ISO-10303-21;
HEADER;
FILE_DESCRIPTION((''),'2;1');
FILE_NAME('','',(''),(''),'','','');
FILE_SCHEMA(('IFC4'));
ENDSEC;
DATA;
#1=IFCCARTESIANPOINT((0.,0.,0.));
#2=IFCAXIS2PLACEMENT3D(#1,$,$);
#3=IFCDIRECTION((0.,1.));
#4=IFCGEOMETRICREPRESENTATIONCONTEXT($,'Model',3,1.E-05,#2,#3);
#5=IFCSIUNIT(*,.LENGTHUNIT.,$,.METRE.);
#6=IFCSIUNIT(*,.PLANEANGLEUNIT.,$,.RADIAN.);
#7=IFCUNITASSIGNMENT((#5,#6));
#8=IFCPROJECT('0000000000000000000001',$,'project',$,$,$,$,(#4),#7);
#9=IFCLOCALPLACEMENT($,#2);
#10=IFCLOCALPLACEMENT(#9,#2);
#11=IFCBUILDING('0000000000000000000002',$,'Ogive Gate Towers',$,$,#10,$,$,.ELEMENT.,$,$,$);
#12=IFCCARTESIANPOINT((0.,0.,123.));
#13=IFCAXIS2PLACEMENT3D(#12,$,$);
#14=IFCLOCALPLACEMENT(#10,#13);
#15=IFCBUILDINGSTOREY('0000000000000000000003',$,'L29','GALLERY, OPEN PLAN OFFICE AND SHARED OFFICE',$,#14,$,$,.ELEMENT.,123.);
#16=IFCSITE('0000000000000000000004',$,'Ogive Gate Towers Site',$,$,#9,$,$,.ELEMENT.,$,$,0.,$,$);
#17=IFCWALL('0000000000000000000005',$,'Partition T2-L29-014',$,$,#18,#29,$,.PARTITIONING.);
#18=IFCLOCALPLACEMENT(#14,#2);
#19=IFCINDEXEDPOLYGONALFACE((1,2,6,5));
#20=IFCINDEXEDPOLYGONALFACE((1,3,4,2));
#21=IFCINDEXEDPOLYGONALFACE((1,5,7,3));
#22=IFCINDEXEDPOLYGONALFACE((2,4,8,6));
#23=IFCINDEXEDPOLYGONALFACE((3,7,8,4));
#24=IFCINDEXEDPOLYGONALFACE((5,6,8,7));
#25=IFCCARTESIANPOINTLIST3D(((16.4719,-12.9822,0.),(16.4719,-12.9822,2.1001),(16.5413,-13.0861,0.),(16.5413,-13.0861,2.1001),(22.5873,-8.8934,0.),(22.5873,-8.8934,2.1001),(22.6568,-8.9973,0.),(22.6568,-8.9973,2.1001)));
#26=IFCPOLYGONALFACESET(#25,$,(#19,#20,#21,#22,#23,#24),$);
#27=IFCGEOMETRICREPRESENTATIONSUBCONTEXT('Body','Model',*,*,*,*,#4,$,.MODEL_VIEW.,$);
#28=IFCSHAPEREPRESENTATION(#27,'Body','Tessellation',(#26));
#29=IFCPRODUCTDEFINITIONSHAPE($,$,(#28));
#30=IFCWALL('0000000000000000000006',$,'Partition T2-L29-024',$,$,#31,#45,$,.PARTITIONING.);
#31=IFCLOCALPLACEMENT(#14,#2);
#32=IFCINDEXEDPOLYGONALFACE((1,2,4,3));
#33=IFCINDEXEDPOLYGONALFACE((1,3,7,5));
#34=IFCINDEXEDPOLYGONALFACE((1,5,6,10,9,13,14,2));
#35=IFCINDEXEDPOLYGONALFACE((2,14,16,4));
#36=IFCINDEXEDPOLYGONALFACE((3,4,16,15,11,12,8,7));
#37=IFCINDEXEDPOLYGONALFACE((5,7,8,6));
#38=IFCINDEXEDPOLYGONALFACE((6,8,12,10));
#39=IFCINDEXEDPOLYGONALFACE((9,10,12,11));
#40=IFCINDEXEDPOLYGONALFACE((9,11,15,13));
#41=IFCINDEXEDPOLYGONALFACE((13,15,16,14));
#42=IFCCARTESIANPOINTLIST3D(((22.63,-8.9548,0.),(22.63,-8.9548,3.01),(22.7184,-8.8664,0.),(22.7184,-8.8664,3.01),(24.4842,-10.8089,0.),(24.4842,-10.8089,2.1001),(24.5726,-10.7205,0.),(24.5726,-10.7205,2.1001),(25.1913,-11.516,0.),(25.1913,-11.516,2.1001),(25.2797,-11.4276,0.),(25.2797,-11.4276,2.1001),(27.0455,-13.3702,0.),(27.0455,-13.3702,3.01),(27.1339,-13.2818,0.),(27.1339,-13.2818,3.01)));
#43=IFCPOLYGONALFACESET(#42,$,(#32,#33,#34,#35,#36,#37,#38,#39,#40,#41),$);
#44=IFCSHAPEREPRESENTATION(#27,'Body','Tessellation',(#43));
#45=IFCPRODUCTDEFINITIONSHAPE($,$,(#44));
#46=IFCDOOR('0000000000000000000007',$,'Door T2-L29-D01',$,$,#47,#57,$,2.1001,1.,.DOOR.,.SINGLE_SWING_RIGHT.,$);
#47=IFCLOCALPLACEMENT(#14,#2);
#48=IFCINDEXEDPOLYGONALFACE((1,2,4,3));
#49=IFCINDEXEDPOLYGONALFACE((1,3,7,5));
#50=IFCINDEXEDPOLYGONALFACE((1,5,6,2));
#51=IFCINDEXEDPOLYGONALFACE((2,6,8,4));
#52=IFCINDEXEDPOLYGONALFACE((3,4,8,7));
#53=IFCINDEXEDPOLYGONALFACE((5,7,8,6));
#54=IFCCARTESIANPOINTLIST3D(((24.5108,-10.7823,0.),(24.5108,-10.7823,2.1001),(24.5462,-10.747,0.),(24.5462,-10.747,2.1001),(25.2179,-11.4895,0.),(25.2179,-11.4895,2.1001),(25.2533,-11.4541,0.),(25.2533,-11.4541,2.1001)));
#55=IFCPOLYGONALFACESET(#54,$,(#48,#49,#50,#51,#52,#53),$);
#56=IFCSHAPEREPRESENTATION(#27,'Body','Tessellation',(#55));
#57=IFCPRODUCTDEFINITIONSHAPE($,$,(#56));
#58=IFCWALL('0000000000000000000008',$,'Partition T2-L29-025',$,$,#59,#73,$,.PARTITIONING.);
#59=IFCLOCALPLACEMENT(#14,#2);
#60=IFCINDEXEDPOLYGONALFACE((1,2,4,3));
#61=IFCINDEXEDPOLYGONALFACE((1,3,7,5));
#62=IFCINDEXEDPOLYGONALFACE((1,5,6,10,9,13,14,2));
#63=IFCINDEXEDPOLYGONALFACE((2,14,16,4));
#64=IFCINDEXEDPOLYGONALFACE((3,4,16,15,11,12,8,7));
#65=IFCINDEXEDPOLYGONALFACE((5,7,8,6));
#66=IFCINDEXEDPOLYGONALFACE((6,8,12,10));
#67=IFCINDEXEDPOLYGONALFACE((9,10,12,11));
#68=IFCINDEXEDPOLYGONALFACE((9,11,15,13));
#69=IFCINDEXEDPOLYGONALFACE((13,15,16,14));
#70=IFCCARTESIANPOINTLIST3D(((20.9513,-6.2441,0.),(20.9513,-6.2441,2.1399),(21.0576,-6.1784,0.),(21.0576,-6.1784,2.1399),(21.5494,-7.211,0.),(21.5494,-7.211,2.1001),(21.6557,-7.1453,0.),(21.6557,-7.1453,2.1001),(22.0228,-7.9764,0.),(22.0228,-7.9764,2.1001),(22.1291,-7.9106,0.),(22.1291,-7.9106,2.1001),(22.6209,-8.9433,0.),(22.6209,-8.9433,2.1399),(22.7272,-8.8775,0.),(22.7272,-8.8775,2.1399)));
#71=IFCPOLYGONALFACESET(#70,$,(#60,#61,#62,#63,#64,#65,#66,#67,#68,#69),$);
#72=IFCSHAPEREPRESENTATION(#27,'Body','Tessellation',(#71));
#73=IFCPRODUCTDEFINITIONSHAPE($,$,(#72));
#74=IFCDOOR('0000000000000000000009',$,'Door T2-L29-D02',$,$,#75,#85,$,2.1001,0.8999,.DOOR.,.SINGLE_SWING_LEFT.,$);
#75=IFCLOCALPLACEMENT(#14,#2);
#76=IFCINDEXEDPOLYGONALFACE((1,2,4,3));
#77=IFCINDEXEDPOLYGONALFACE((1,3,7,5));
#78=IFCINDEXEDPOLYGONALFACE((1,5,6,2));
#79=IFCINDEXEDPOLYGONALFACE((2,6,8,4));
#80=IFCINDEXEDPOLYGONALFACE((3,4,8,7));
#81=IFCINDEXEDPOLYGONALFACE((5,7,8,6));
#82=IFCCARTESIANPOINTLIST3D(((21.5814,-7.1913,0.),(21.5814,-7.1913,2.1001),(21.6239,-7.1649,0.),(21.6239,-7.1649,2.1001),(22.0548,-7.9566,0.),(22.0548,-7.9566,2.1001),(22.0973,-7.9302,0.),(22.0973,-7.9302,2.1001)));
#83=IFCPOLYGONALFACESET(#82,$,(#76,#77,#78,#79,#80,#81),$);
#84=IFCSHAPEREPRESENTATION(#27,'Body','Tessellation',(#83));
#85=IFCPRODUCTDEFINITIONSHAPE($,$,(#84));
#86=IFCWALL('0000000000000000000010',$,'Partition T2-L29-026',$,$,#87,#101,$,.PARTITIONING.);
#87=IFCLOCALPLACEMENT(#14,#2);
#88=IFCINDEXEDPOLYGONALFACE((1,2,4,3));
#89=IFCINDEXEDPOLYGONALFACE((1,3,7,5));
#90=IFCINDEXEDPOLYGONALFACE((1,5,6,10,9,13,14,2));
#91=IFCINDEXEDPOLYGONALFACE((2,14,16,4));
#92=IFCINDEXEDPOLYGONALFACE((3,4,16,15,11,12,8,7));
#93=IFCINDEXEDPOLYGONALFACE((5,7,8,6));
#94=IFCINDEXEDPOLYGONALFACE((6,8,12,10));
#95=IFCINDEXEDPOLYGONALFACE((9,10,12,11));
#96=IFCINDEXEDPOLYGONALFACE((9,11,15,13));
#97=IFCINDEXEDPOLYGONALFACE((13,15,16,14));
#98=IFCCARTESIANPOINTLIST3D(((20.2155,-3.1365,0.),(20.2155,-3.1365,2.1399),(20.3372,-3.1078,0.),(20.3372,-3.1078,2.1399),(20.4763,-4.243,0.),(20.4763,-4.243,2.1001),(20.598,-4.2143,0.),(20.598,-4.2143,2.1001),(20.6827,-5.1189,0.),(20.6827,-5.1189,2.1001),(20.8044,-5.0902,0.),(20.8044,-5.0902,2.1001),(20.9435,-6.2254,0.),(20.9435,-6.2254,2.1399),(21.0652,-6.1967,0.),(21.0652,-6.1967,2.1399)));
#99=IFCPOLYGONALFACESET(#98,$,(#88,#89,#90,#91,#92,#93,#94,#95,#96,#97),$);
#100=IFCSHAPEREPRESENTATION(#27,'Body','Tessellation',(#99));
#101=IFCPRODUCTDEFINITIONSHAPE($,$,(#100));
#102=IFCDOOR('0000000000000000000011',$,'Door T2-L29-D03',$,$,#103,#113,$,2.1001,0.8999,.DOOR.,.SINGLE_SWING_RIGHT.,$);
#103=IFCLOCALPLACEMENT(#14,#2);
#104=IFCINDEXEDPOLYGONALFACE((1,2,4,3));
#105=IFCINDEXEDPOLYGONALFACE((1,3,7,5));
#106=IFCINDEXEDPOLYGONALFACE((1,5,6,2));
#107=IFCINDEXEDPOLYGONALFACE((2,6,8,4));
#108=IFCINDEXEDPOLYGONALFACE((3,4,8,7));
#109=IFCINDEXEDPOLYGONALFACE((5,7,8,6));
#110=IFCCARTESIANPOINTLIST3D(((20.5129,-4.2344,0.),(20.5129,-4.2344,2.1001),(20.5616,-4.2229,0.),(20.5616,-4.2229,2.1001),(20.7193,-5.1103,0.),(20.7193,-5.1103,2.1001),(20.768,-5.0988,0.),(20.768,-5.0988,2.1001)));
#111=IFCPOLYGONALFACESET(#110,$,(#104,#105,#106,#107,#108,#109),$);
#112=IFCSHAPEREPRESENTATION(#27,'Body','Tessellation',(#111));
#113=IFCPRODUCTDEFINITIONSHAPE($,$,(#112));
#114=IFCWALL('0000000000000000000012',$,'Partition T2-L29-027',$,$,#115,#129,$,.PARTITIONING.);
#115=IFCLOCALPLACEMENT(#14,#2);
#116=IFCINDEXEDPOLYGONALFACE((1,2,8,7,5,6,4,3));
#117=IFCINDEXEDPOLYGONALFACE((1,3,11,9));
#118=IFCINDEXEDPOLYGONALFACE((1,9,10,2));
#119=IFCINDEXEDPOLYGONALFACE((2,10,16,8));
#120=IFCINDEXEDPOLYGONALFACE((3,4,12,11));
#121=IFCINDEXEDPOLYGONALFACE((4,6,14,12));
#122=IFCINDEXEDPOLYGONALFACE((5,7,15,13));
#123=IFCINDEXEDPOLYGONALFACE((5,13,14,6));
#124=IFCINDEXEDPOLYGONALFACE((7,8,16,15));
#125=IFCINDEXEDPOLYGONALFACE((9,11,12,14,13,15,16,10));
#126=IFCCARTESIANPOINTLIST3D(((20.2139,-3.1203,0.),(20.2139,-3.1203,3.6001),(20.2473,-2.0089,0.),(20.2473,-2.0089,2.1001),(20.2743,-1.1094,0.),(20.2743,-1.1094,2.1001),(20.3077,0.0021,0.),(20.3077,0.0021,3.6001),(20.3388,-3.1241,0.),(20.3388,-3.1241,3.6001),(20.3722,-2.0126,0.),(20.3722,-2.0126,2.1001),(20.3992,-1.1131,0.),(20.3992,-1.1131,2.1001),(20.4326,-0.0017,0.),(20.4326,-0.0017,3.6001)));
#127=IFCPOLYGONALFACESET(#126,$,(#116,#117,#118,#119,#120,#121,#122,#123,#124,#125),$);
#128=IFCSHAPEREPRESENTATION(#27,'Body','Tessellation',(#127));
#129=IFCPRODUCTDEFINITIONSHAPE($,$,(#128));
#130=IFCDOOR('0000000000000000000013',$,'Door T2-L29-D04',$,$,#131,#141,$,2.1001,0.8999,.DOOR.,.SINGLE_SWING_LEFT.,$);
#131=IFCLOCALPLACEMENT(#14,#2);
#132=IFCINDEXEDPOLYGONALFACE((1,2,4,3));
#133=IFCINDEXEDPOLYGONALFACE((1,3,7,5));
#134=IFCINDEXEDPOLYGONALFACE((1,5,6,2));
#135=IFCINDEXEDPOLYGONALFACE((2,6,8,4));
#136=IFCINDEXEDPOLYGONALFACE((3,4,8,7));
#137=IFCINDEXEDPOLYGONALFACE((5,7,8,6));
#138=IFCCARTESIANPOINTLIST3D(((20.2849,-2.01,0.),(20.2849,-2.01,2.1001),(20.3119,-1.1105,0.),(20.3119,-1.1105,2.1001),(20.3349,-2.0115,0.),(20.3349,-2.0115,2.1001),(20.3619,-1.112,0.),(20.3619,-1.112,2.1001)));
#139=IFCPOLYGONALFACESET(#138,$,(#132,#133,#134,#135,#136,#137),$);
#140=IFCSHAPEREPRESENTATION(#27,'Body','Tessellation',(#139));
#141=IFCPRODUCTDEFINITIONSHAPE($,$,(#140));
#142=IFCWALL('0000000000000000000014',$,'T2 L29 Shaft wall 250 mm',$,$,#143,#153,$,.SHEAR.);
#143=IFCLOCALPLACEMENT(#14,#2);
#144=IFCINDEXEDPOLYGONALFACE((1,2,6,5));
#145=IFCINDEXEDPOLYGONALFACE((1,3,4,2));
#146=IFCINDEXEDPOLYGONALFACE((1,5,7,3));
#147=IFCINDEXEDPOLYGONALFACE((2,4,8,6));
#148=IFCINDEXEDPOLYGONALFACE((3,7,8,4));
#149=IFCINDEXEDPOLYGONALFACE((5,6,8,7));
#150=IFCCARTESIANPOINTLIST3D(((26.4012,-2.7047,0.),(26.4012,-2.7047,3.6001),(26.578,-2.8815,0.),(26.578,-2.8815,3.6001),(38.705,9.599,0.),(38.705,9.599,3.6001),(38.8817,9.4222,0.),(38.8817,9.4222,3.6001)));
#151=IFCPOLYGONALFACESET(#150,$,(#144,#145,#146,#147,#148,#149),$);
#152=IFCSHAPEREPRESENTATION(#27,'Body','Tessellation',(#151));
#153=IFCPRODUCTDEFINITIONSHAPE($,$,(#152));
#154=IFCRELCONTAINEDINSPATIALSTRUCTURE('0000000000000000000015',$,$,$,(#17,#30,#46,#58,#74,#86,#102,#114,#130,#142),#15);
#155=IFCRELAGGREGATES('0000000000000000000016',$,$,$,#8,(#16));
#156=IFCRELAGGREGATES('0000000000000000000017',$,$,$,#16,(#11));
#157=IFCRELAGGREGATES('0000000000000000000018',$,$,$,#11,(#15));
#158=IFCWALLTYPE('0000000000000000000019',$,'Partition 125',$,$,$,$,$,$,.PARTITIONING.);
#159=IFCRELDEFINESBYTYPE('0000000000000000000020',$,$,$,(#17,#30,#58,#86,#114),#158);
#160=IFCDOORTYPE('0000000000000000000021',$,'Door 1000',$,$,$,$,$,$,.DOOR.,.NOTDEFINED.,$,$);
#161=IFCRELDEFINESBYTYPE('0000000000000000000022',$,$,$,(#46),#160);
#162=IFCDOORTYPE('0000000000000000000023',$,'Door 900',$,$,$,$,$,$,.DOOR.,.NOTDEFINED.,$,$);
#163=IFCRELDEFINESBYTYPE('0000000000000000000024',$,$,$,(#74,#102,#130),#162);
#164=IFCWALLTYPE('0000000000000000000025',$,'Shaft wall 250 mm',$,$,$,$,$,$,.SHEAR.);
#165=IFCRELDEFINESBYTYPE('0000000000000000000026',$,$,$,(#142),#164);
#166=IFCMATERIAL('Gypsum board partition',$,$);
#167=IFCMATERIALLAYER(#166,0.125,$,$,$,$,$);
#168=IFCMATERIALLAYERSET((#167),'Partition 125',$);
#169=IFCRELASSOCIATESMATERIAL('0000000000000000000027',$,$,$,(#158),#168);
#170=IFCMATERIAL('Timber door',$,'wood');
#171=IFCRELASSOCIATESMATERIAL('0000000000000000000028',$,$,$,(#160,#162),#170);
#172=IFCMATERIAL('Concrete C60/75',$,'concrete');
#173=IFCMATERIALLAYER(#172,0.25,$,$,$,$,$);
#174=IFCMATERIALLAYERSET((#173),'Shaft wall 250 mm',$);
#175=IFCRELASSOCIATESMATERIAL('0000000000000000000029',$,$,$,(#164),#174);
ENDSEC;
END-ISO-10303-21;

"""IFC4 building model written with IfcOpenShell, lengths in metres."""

from ifc_helpers import new_model, si_unit, direction, frame, frame_2d, origin, place, context, subcontext, project, spatial, rectangle, extrude, material, layer, layer_set, type_object, element, fill, save


model = new_model("IFC4")

# Units and contexts
model_context = context("Model", 3, precision=1e-05, world=origin(), true_north=direction((0.0, 1.0)))
body_context = subcontext(model_context, "Body", "Model", "MODEL_VIEW")
ifc_project = project(units=[si_unit("LENGTHUNIT", "METRE"), si_unit("PLANEANGLEUNIT", "RADIAN")], contexts=[model_context])

# Site, building, storey
site_placement = place(None, origin())
site = spatial("IfcSite", under=ifc_project, at=site_placement, Name="Ogive Gate Towers Site", CompositionType="ELEMENT", RefElevation=0.0)
building_placement = place(site_placement, origin())
building = spatial("IfcBuilding", under=site, at=building_placement, Name="Ogive Gate Towers", CompositionType="ELEMENT")
storey_placement = place(building_placement, frame((0.0, 0.0, 123.0)))
storey = spatial("IfcBuildingStorey", under=building, at=storey_placement, Name="L29", Description="GALLERY, OPEN PLAN OFFICE AND SHARED OFFICE", CompositionType="ELEMENT", Elevation=123.0)

# Wall
ifc_material_1 = material(Name="Gypsum board partition")
ifc_layer_1 = layer(ifc_material_1, 0.125)
ifc_layer_set_1 = layer_set([ifc_layer_1], Name="Partition 125")
wall_type_1 = type_object("IfcWallType", Name="Partition 125", PredefinedType="PARTITIONING", material=ifc_layer_set_1)
wall_1_placement = place(storey_placement, frame((16.5066, -13.0342, 0.0), z_axis=(0.0, 0.0, 1.0), x_axis=(0.831304, 0.555818, 0.0)))
element("IfcWall", 1, at=wall_1_placement, inside=storey, type_object=wall_type_1, Name="Partition T2-L29-014", PredefinedType="PARTITIONING", context=body_context, shape_type="SweptSolid", body=[
    extrude(rectangle(XDim=7.3564, YDim=0.125, at=frame_2d((3.6782, 0.0))), origin(), (0.0, 0.0, 1.0), 2.1001),
])

# Walls, openings, doors
wall_2_placement = place(storey_placement, frame((27.0896, -13.3259, 0.0), z_axis=(0.0, 0.0, 1.0), x_axis=(-0.707107, 0.707107, 0.0)))
wall_2 = element("IfcWall", 2, at=wall_2_placement, inside=storey, type_object=wall_type_1, Name="Partition T2-L29-024", PredefinedType="PARTITIONING", context=body_context, shape_type="SweptSolid", body=[
    extrude(rectangle(XDim=6.2444, YDim=0.125, at=frame_2d((3.1221, 0.0))), origin(), (0.0, 0.0, 1.0), 3.01),
])
opening_1_placement = place(wall_2_placement, frame((2.6221, 0.0, 0.0)))
opening_1 = element("IfcOpeningElement", 3, at=opening_1_placement, cuts=wall_2, PredefinedType="OPENING", context=body_context, shape_type="SweptSolid", body=[
    extrude(rectangle(XDim=1.0, YDim=2.1001, at=frame_2d((0.5, 1.05))), frame((0.0, 0.0725, 0.0), z_axis=(0.0, -1.0, 0.0), x_axis=(1.0, 0.0, 0.0)), (0.0, 0.0, 1.0), 0.145),
])
ifc_material_2 = material(Name="Timber door", Category="wood")
door_type_1 = type_object("IfcDoorType", Name="Door 1000", OperationType="NOTDEFINED", PredefinedType="DOOR", material=ifc_material_2)
door_1_placement = place(opening_1_placement, origin())
door_1 = element("IfcDoor", 4, at=door_1_placement, inside=storey, type_object=door_type_1, Name="Door T2-L29-D01", OperationType="SINGLE_SWING_RIGHT", OverallHeight=2.1001, OverallWidth=1.0, PredefinedType="DOOR", context=body_context, shape_type="SweptSolid", body=[
    extrude(rectangle(XDim=1.0, YDim=2.1001, at=frame_2d((0.5, 1.05))), frame((0.0, 0.0249, 0.0), z_axis=(0.0, -1.0, 0.0), x_axis=(1.0, 0.0, 0.0)), (0.0, 0.0, 1.0), 0.05),
])
fill(opening_1, door_1)
wall_3_placement = place(storey_placement, frame((22.6741, -8.9104, 0.0), z_axis=(0.0, 0.0, 1.0), x_axis=(-0.526066, 0.850444, 0.0)))
wall_3 = element("IfcWall", 5, at=wall_3_placement, inside=storey, type_object=wall_type_1, Name="Partition T2-L29-025", PredefinedType="PARTITIONING", context=body_context, shape_type="SweptSolid", body=[
    extrude(rectangle(XDim=3.1738, YDim=0.125, at=frame_2d((1.5869, 0.0))), origin(), (0.0, 0.0, 1.0), 2.1399),
])
opening_2_placement = place(wall_3_placement, frame((1.137, 0.0, 0.0)))
opening_2 = element("IfcOpeningElement", 6, at=opening_2_placement, cuts=wall_3, PredefinedType="OPENING", context=body_context, shape_type="SweptSolid", body=[
    extrude(rectangle(XDim=0.8999, YDim=2.1001, at=frame_2d((0.45, 1.05))), frame((0.0, 0.0725, 0.0), z_axis=(0.0, -1.0, 0.0), x_axis=(1.0, 0.0, 0.0)), (0.0, 0.0, 1.0), 0.145),
])
door_type_2 = type_object("IfcDoorType", Name="Door 900", OperationType="NOTDEFINED", PredefinedType="DOOR", material=ifc_material_2)
door_2_placement = place(opening_2_placement, origin())
door_2 = element("IfcDoor", 7, at=door_2_placement, inside=storey, type_object=door_type_2, Name="Door T2-L29-D02", OperationType="SINGLE_SWING_LEFT", OverallHeight=2.1001, OverallWidth=0.8999, PredefinedType="DOOR", context=body_context, shape_type="SweptSolid", body=[
    extrude(rectangle(XDim=0.8999, YDim=2.1001, at=frame_2d((0.45, 1.05))), frame((0.0, 0.0249, 0.0), z_axis=(0.0, -1.0, 0.0), x_axis=(1.0, 0.0, 0.0)), (0.0, 0.0, 1.0), 0.05),
])
fill(opening_2, door_2)
wall_4_placement = place(storey_placement, frame((21.0044, -6.2112, 0.0), z_axis=(0.0, 0.0, 1.0), x_axis=(-0.229408, 0.97333, 0.0)))
wall_4 = element("IfcWall", 8, at=wall_4_placement, inside=storey, type_object=wall_type_1, Name="Partition T2-L29-026", PredefinedType="PARTITIONING", context=body_context, shape_type="SweptSolid", body=[
    extrude(rectangle(XDim=3.1736, YDim=0.125, at=frame_2d((1.5869, 0.0))), origin(), (0.0, 0.0, 1.0), 2.1399),
])
opening_3_placement = place(wall_4_placement, frame((1.137, 0.0, 0.0)))
opening_3 = element("IfcOpeningElement", 9, at=opening_3_placement, cuts=wall_4, PredefinedType="OPENING", context=body_context, shape_type="SweptSolid", body=[
    extrude(rectangle(XDim=0.8999, YDim=2.1001, at=frame_2d((0.45, 1.05))), frame((0.0, 0.0725, 0.0), z_axis=(0.0, -1.0, 0.0), x_axis=(1.0, 0.0, 0.0)), (0.0, 0.0, 1.0), 0.145),
])
door_3_placement = place(opening_3_placement, origin())
door_3 = element("IfcDoor", 10, at=door_3_placement, inside=storey, type_object=door_type_2, Name="Door T2-L29-D03", OperationType="SINGLE_SWING_RIGHT", OverallHeight=2.1001, OverallWidth=0.8999, PredefinedType="DOOR", context=body_context, shape_type="SweptSolid", body=[
    extrude(rectangle(XDim=0.8999, YDim=2.1001, at=frame_2d((0.45, 1.05))), frame((0.0, 0.0249, 0.0), z_axis=(0.0, -1.0, 0.0), x_axis=(1.0, 0.0, 0.0)), (0.0, 0.0, 1.0), 0.05),
])
fill(opening_3, door_3)
wall_5_placement = place(storey_placement, frame((20.2764, -3.1223, 0.0), z_axis=(0.0, 0.0, 1.0), x_axis=(0.030012, 0.99955, 0.0)))
wall_5 = element("IfcWall", 11, at=wall_5_placement, inside=storey, type_object=wall_type_1, Name="Partition T2-L29-027", PredefinedType="PARTITIONING", context=body_context, shape_type="SweptSolid", body=[
    extrude(rectangle(XDim=3.1238, YDim=0.125, at=frame_2d((1.562, 0.0))), origin(), (0.0, 0.0, 1.0), 3.6001),
])
opening_4_placement = place(wall_5_placement, frame((1.1121, 0.0, 0.0)))
opening_4 = element("IfcOpeningElement", 12, at=opening_4_placement, cuts=wall_5, PredefinedType="OPENING", context=body_context, shape_type="SweptSolid", body=[
    extrude(rectangle(XDim=0.8999, YDim=2.1001, at=frame_2d((0.45, 1.05))), frame((0.0, 0.0725, 0.0), z_axis=(0.0, -1.0, 0.0), x_axis=(1.0, 0.0, 0.0)), (0.0, 0.0, 1.0), 0.145),
])
door_4_placement = place(opening_4_placement, origin())
door_4 = element("IfcDoor", 13, at=door_4_placement, inside=storey, type_object=door_type_2, Name="Door T2-L29-D04", OperationType="SINGLE_SWING_LEFT", OverallHeight=2.1001, OverallWidth=0.8999, PredefinedType="DOOR", context=body_context, shape_type="SweptSolid", body=[
    extrude(rectangle(XDim=0.8999, YDim=2.1001, at=frame_2d((0.45, 1.05))), frame((0.0, 0.0249, 0.0), z_axis=(0.0, -1.0, 0.0), x_axis=(1.0, 0.0, 0.0)), (0.0, 0.0, 1.0), 0.05),
])
fill(opening_4, door_4)

# Wall
ifc_material_3 = material(Name="Concrete C60/75", Category="concrete")
ifc_layer_2 = layer(ifc_material_3, 0.25)
ifc_layer_set_2 = layer_set([ifc_layer_2], Name="Shaft wall 250 mm")
wall_type_2 = type_object("IfcWallType", Name="Shaft wall 250 mm", PredefinedType="SHEAR", material=ifc_layer_set_2)
wall_6_placement = place(storey_placement, frame((26.4895, -2.7932, 0.0), z_axis=(0.0, 0.0, 1.0), x_axis=(0.707107, 0.707107, 0.0)))
element("IfcWall", 14, at=wall_6_placement, inside=storey, type_object=wall_type_2, Name="T2 L29 Shaft wall 250 mm", PredefinedType="SHEAR", context=body_context, shape_type="SweptSolid", body=[
    extrude(rectangle(XDim=17.4001, YDim=0.25, at=frame_2d((8.7002, 0.0))), origin(), (0.0, 0.0, 1.0), 3.6001),
])

save(model, "model.ifc")
